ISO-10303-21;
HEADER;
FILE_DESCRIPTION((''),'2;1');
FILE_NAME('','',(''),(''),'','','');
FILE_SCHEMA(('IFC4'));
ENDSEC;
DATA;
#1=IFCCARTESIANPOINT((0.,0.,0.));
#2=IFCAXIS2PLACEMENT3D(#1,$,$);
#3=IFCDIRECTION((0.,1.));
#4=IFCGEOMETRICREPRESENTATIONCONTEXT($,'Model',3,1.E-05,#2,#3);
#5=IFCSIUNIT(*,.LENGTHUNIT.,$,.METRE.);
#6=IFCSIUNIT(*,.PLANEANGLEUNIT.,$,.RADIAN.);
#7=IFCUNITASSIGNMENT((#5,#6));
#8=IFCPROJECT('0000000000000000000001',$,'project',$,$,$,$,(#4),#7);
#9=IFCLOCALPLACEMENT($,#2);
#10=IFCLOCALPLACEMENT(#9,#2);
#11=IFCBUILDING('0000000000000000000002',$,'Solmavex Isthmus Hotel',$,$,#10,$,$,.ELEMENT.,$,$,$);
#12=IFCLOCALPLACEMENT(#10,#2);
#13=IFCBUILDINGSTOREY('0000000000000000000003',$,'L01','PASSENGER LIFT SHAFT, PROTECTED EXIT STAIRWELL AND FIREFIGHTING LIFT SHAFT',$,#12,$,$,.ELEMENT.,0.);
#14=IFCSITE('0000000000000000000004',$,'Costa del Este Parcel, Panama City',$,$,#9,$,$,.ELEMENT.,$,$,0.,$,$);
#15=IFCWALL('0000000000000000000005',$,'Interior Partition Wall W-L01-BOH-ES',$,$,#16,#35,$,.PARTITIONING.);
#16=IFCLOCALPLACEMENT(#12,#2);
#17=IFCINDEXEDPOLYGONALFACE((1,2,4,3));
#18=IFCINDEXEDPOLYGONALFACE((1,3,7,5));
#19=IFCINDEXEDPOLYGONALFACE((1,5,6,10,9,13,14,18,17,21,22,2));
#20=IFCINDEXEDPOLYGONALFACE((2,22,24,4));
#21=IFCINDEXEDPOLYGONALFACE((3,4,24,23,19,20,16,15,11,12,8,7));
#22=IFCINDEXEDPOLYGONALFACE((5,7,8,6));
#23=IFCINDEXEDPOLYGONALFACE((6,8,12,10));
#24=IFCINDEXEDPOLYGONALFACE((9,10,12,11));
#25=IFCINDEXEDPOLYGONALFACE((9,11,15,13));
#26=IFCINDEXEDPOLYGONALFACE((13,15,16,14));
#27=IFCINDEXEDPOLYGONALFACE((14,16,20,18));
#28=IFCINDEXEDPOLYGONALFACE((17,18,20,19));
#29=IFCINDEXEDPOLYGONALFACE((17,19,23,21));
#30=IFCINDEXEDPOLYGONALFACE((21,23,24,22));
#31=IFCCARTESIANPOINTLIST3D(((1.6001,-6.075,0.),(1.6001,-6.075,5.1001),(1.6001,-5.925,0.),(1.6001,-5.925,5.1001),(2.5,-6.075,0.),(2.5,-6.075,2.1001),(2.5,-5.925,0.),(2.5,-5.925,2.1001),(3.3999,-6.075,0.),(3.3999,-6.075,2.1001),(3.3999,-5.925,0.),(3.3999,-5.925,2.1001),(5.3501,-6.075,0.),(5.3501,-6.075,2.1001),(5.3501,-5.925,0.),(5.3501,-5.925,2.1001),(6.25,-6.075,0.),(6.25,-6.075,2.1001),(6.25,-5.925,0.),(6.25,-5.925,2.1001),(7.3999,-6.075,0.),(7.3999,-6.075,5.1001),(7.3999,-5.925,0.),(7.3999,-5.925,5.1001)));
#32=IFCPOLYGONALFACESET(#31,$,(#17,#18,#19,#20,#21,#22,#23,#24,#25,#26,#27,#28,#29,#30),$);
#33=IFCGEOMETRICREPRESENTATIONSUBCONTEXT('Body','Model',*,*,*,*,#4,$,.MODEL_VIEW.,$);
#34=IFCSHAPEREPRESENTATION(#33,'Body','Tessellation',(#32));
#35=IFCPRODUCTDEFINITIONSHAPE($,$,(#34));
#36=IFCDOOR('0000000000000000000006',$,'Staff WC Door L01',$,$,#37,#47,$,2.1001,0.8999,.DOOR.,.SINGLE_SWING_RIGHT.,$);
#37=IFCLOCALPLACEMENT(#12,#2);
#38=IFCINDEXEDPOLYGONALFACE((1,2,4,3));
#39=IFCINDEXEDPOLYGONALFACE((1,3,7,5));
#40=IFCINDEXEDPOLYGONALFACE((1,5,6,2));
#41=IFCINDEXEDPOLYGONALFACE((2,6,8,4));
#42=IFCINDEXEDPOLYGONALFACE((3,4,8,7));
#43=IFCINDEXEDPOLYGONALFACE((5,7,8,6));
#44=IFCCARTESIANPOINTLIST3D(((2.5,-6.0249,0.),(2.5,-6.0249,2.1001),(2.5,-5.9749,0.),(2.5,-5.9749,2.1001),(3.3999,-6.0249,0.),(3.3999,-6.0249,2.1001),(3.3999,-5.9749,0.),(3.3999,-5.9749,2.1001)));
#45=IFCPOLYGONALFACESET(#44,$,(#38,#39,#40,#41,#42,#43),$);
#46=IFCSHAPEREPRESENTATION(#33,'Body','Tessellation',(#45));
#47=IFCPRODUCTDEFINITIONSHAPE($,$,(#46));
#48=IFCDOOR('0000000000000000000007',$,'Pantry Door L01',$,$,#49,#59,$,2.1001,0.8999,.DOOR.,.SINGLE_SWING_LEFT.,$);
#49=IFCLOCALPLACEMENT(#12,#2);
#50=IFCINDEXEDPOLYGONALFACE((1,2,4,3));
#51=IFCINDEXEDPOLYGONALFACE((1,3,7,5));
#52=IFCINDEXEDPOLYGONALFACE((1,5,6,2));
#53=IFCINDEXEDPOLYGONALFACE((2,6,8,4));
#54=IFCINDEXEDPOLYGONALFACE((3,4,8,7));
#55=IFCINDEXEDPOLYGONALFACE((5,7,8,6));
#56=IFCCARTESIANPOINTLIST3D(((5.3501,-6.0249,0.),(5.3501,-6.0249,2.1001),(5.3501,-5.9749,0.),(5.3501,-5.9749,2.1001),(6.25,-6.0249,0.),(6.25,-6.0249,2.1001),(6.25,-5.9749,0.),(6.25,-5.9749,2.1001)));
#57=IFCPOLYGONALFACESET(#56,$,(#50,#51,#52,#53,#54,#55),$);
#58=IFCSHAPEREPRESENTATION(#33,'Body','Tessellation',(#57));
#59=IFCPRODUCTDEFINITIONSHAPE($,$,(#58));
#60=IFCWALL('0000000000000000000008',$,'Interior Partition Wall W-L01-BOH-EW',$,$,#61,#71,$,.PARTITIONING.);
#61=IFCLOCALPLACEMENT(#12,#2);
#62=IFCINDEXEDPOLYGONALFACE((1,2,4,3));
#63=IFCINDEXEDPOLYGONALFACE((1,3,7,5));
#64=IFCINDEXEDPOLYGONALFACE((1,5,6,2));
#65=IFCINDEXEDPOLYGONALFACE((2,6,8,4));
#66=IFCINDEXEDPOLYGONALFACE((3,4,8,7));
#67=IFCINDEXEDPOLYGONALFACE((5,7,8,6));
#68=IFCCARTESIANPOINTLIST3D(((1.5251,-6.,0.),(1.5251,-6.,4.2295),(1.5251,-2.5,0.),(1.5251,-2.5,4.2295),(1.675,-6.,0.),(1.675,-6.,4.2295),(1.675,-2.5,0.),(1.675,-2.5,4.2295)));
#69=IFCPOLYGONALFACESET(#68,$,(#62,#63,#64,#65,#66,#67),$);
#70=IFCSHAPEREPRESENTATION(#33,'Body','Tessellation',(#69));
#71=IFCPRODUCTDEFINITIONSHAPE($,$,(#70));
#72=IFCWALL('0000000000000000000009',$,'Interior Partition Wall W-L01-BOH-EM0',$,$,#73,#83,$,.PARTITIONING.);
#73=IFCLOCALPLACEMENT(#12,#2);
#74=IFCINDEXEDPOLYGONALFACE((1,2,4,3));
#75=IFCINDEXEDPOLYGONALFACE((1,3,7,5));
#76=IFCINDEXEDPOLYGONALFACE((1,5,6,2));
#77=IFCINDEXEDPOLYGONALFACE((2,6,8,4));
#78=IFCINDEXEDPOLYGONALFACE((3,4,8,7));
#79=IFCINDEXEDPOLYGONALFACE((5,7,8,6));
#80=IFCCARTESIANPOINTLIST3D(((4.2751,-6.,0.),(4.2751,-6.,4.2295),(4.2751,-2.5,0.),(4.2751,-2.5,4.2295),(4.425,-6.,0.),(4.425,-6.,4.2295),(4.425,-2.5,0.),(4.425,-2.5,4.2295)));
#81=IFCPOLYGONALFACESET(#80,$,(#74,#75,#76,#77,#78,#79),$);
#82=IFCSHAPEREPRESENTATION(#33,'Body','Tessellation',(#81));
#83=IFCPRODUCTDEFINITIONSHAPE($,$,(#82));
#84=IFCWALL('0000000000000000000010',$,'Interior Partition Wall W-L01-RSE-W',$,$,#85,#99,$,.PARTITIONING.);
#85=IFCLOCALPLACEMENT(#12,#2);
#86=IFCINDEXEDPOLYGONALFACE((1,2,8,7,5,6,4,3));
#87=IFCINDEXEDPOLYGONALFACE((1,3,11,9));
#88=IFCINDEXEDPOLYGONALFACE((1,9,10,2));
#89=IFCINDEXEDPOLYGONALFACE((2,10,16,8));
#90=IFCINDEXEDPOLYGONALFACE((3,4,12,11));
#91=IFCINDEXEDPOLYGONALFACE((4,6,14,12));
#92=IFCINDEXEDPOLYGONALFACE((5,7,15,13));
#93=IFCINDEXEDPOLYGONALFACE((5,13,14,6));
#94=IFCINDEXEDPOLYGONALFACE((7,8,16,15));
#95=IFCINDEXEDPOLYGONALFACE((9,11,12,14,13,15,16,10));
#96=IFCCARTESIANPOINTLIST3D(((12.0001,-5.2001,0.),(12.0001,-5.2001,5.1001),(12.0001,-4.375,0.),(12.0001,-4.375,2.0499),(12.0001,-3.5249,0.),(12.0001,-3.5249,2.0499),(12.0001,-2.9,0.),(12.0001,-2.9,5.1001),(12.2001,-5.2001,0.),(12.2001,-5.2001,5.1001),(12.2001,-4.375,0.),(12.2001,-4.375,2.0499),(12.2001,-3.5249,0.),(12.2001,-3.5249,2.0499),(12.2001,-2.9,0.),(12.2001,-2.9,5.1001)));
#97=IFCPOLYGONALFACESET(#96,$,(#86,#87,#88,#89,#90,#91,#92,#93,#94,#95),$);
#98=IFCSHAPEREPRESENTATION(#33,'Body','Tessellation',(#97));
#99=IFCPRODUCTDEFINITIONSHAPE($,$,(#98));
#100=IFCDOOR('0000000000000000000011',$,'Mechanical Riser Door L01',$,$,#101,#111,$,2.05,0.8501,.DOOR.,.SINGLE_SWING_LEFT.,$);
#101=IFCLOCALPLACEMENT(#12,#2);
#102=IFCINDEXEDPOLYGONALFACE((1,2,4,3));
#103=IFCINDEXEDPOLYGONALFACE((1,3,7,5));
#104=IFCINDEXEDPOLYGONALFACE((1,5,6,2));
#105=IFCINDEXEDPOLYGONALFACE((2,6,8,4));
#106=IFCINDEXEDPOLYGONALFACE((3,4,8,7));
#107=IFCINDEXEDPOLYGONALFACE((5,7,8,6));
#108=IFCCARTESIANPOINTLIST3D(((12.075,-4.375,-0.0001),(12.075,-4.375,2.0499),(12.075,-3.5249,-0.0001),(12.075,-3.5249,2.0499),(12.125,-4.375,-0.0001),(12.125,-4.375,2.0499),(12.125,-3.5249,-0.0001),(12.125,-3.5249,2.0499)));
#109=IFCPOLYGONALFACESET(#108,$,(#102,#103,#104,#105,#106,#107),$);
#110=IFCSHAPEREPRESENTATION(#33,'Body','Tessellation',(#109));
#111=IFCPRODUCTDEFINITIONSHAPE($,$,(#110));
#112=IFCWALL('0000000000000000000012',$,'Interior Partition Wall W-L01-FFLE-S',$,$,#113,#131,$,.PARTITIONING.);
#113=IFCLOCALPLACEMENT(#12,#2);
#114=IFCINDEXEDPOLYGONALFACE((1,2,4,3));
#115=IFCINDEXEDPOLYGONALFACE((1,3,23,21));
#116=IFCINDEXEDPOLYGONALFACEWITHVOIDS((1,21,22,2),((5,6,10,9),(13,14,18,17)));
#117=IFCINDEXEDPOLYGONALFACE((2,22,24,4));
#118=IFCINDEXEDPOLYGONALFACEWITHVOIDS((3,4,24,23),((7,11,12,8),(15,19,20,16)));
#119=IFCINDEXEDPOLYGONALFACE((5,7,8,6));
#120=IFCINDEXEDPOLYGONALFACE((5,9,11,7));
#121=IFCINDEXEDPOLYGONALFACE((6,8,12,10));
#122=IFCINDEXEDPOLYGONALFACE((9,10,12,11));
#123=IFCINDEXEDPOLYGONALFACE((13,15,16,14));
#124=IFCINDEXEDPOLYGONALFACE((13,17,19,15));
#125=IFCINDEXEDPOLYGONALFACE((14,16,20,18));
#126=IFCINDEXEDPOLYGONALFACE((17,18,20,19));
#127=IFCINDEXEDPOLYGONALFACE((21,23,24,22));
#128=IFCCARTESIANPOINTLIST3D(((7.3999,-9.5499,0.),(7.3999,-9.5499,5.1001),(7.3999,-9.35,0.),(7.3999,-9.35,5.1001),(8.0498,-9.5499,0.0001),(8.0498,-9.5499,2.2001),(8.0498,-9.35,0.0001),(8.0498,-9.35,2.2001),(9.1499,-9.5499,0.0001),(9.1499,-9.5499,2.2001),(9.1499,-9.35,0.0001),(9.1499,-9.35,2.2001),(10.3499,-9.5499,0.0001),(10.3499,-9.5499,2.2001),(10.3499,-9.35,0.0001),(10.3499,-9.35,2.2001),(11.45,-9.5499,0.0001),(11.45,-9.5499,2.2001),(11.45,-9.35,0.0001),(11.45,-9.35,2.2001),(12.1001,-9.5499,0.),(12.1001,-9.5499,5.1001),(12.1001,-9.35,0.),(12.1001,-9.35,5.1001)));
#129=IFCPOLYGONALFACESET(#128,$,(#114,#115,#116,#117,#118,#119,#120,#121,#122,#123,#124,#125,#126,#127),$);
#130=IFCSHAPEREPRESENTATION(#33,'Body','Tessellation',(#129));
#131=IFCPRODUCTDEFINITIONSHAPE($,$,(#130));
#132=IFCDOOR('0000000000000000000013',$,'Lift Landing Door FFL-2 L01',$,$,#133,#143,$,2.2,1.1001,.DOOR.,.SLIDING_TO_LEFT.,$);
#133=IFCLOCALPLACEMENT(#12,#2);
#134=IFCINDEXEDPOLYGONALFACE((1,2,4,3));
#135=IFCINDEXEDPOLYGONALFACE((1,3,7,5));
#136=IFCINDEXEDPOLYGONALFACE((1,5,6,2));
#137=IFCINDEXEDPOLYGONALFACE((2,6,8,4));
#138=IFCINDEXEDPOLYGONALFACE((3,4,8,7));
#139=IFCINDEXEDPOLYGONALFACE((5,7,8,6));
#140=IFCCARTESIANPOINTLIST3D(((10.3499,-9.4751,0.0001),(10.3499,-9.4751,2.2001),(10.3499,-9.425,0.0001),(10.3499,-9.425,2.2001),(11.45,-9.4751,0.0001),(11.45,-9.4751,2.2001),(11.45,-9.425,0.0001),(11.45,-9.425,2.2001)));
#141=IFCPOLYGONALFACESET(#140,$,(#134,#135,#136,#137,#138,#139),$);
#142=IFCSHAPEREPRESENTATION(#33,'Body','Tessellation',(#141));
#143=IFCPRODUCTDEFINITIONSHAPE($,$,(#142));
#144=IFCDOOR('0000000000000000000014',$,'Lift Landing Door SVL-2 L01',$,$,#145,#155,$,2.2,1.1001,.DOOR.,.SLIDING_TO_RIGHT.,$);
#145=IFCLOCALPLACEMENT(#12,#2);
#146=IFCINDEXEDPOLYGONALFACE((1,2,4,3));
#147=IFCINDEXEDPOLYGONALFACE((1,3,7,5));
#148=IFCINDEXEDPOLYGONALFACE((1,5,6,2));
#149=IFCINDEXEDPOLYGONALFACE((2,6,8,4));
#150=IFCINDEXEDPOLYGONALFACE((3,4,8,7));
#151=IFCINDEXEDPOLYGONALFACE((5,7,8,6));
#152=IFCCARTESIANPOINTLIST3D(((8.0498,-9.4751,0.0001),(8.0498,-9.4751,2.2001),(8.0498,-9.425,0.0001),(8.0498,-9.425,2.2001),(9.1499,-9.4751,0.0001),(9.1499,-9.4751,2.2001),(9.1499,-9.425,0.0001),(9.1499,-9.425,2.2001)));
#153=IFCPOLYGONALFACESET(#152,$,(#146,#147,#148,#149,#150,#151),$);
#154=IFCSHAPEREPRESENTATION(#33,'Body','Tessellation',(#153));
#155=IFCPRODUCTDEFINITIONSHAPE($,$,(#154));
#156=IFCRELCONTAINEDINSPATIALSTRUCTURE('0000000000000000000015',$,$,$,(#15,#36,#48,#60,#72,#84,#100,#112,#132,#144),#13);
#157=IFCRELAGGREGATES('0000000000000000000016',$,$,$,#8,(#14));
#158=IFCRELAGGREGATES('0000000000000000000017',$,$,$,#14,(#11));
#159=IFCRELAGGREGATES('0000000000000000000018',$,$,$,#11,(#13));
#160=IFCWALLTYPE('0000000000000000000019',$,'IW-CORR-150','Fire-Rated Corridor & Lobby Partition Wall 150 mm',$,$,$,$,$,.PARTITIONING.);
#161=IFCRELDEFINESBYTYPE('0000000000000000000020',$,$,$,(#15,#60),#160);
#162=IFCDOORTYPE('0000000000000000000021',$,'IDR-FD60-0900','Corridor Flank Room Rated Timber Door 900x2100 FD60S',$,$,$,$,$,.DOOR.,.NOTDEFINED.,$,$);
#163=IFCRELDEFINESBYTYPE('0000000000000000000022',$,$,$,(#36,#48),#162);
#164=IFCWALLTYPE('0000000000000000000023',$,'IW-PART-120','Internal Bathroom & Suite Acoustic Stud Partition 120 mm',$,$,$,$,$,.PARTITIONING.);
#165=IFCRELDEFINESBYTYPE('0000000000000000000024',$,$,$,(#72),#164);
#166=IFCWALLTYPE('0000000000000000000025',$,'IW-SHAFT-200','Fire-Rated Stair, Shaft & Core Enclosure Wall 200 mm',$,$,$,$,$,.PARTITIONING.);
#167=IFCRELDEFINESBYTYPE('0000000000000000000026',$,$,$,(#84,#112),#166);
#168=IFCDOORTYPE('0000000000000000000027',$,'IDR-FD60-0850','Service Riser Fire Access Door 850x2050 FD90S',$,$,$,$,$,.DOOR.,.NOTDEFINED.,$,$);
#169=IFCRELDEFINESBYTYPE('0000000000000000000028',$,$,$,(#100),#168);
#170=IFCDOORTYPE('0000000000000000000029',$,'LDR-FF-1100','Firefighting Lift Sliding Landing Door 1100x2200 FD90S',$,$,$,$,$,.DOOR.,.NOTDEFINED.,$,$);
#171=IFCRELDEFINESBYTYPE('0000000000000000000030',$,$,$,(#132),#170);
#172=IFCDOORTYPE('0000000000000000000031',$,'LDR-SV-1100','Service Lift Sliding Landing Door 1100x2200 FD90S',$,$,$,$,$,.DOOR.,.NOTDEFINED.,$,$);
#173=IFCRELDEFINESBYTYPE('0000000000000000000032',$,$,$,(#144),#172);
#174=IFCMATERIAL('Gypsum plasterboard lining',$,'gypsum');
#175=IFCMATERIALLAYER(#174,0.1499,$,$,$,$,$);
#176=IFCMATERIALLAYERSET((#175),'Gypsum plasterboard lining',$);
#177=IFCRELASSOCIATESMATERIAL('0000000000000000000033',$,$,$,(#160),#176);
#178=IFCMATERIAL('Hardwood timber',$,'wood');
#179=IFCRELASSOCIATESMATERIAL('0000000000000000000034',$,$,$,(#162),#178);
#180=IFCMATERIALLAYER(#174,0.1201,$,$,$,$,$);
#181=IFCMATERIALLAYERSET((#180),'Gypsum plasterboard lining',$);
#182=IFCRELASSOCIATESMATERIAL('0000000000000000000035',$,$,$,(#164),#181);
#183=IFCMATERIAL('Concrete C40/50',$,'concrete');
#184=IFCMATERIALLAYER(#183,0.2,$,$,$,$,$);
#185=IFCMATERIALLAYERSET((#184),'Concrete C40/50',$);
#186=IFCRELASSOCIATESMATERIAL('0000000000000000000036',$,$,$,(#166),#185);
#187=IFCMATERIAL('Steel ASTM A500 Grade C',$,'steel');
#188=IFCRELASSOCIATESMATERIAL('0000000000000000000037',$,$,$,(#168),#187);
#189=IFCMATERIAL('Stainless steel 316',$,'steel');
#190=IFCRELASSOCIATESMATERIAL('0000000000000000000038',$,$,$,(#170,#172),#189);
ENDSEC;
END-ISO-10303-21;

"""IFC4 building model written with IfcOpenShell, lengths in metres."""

from ifc_helpers import new_model, si_unit, direction, frame, frame_2d, origin, place, context, subcontext, project, spatial, rectangle, extrude, material, layer, layer_set, type_object, element, fill, save


model = new_model("IFC4")

# Units and contexts
model_context = context("Model", 3, precision=1e-05, world=origin(), true_north=direction((0.0, 1.0)))
body_context = subcontext(model_context, "Body", "Model", "MODEL_VIEW")
ifc_project = project(units=[si_unit("LENGTHUNIT", "METRE"), si_unit("PLANEANGLEUNIT", "RADIAN")], contexts=[model_context])

# Site, building, storey
site_placement = place(None, origin())
site = spatial("IfcSite", under=ifc_project, at=site_placement, Name="Costa del Este Parcel, Panama City", CompositionType="ELEMENT", RefElevation=0.0)
building_placement = place(site_placement, origin())
building = spatial("IfcBuilding", under=site, at=building_placement, Name="Solmavex Isthmus Hotel", CompositionType="ELEMENT")
storey_placement = place(building_placement, origin())
storey = spatial("IfcBuildingStorey", under=building, at=storey_placement, Name="L01", Description="PASSENGER LIFT SHAFT, PROTECTED EXIT STAIRWELL AND FIREFIGHTING LIFT SHAFT", CompositionType="ELEMENT", Elevation=0.0)

# Wall, openings, doors
ifc_material_1 = material(Name="Gypsum plasterboard lining", Category="gypsum")
ifc_layer_1 = layer(ifc_material_1, 0.1499)
ifc_layer_set_1 = layer_set([ifc_layer_1], Name="Gypsum plasterboard lining")
wall_type_1 = type_object("IfcWallType", Name="IW-CORR-150", Description="Fire-Rated Corridor & Lobby Partition Wall 150 mm", PredefinedType="PARTITIONING", material=ifc_layer_set_1)
wall_1_placement = place(storey_placement, frame((1.6001, -6.0, 0.0), z_axis=(0.0, 0.0, 1.0), x_axis=(1.0, 0.0, 0.0)))
wall_1 = element("IfcWall", 1, at=wall_1_placement, inside=storey, type_object=wall_type_1, Name="Interior Partition Wall W-L01-BOH-ES", PredefinedType="PARTITIONING", context=body_context, shape_type="SweptSolid", body=[
    extrude(rectangle(XDim=5.7998, YDim=0.1499, at=frame_2d((2.8999, 0.0))), origin(), (0.0, 0.0, 1.0), 5.1001),
])
opening_1_placement = place(wall_1_placement, frame((0.8999, 0.0, 0.0)))
opening_1 = element("IfcOpeningElement", 2, at=opening_1_placement, cuts=wall_1, PredefinedType="OPENING", context=body_context, shape_type="SweptSolid", body=[
    extrude(rectangle(XDim=0.8999, YDim=2.1001, at=frame_2d((0.45, 1.05))), frame((0.0, 0.085, 0.0), z_axis=(0.0, -1.0, 0.0), x_axis=(1.0, 0.0, 0.0)), (0.0, 0.0, 1.0), 0.1699),
])
opening_2_placement = place(wall_1_placement, frame((3.75, 0.0, 0.0)))
opening_2 = element("IfcOpeningElement", 3, at=opening_2_placement, cuts=wall_1, PredefinedType="OPENING", context=body_context, shape_type="SweptSolid", body=[
    extrude(rectangle(XDim=0.8999, YDim=2.1001, at=frame_2d((0.45, 1.05))), frame((0.0, 0.085, 0.0), z_axis=(0.0, -1.0, 0.0), x_axis=(1.0, 0.0, 0.0)), (0.0, 0.0, 1.0), 0.1699),
])
ifc_material_2 = material(Name="Hardwood timber", Category="wood")
door_type_1 = type_object("IfcDoorType", Name="IDR-FD60-0900", Description="Corridor Flank Room Rated Timber Door 900x2100 FD60S", OperationType="NOTDEFINED", PredefinedType="DOOR", material=ifc_material_2)
door_1_placement = place(opening_1_placement, frame((0.8999, 0.0, 0.0), z_axis=(0.0, 0.0, 1.0), x_axis=(-1.0, 0.0, 0.0)))
door_1 = element("IfcDoor", 4, at=door_1_placement, inside=storey, type_object=door_type_1, Name="Staff WC Door L01", OperationType="SINGLE_SWING_RIGHT", OverallHeight=2.1001, OverallWidth=0.8999, PredefinedType="DOOR", context=body_context, shape_type="SweptSolid", body=[
    extrude(rectangle(XDim=0.8999, YDim=2.1001, at=frame_2d((0.45, 1.05))), frame((0.0, 0.0249, 0.0), z_axis=(0.0, -1.0, 0.0), x_axis=(1.0, 0.0, 0.0)), (0.0, 0.0, 1.0), 0.05),
])
fill(opening_1, door_1)
door_2_placement = place(opening_2_placement, frame((0.8999, 0.0, 0.0), z_axis=(0.0, 0.0, 1.0), x_axis=(-1.0, 0.0, 0.0)))
door_2 = element("IfcDoor", 5, at=door_2_placement, inside=storey, type_object=door_type_1, Name="Pantry Door L01", OperationType="SINGLE_SWING_LEFT", OverallHeight=2.1001, OverallWidth=0.8999, PredefinedType="DOOR", context=body_context, shape_type="SweptSolid", body=[
    extrude(rectangle(XDim=0.8999, YDim=2.1001, at=frame_2d((0.45, 1.05))), frame((0.0, 0.0249, 0.0), z_axis=(0.0, -1.0, 0.0), x_axis=(1.0, 0.0, 0.0)), (0.0, 0.0, 1.0), 0.05),
])
fill(opening_2, door_2)

# Walls
wall_2_placement = place(storey_placement, frame((1.6001, -6.0, 0.0), z_axis=(0.0, 0.0, 1.0), x_axis=(0.0, 1.0, 0.0)))
element("IfcWall", 6, at=wall_2_placement, inside=storey, type_object=wall_type_1, Name="Interior Partition Wall W-L01-BOH-EW", PredefinedType="PARTITIONING", context=body_context, shape_type="SweptSolid", body=[
    extrude(rectangle(XDim=3.5, YDim=0.1499, at=frame_2d((1.75, 0.0))), origin(), (0.0, 0.0, 1.0), 4.2295),
])
ifc_layer_2 = layer(ifc_material_1, 0.1201)
ifc_layer_set_2 = layer_set([ifc_layer_2], Name="Gypsum plasterboard lining")
wall_type_2 = type_object("IfcWallType", Name="IW-PART-120", Description="Internal Bathroom & Suite Acoustic Stud Partition 120 mm", PredefinedType="PARTITIONING", material=ifc_layer_set_2)
wall_3_placement = place(storey_placement, frame((4.3501, -6.0, 0.0), z_axis=(0.0, 0.0, 1.0), x_axis=(0.0, 1.0, 0.0)))
element("IfcWall", 7, at=wall_3_placement, inside=storey, type_object=wall_type_2, Name="Interior Partition Wall W-L01-BOH-EM0", PredefinedType="PARTITIONING", context=body_context, shape_type="SweptSolid", body=[
    extrude(rectangle(XDim=3.5, YDim=0.1499, at=frame_2d((1.75, 0.0))), origin(), (0.0, 0.0, 1.0), 4.2295),
])

# Wall, opening, door
ifc_material_3 = material(Name="Concrete C40/50", Category="concrete")
ifc_layer_3 = layer(ifc_material_3, 0.2)
ifc_layer_set_3 = layer_set([ifc_layer_3], Name="Concrete C40/50")
wall_type_3 = type_object("IfcWallType", Name="IW-SHAFT-200", Description="Fire-Rated Stair, Shaft & Core Enclosure Wall 200 mm", PredefinedType="PARTITIONING", material=ifc_layer_set_3)
wall_4_placement = place(storey_placement, frame((12.1001, -5.2, 0.0), z_axis=(0.0, 0.0, 1.0), x_axis=(0.0, 1.0, 0.0)))
wall_4 = element("IfcWall", 8, at=wall_4_placement, inside=storey, type_object=wall_type_3, Name="Interior Partition Wall W-L01-RSE-W", PredefinedType="PARTITIONING", context=body_context, shape_type="SweptSolid", body=[
    extrude(rectangle(XDim=2.3, YDim=0.2, at=frame_2d((1.1499, 0.0))), origin(), (0.0, 0.0, 1.0), 5.1001),
])
opening_3_placement = place(wall_4_placement, frame((0.825, 0.0, 0.0)))
opening_3 = element("IfcOpeningElement", 9, at=opening_3_placement, cuts=wall_4, PredefinedType="OPENING", context=body_context, shape_type="SweptSolid", body=[
    extrude(rectangle(XDim=0.8501, YDim=2.05, at=frame_2d((0.425, 1.0249))), frame((0.0, 0.1099, 0.0), z_axis=(0.0, -1.0, 0.0), x_axis=(1.0, 0.0, 0.0)), (0.0, 0.0, 1.0), 0.22),
])
ifc_material_4 = material(Name="Steel ASTM A500 Grade C", Category="steel")
door_type_2 = type_object("IfcDoorType", Name="IDR-FD60-0850", Description="Service Riser Fire Access Door 850x2050 FD90S", OperationType="NOTDEFINED", PredefinedType="DOOR", material=ifc_material_4)
door_3_placement = place(opening_3_placement, frame((0.8501, 0.0, 0.0), z_axis=(0.0, 0.0, 1.0), x_axis=(-1.0, 0.0, 0.0)))
door_3 = element("IfcDoor", 10, at=door_3_placement, inside=storey, type_object=door_type_2, Name="Mechanical Riser Door L01", OperationType="SINGLE_SWING_LEFT", OverallHeight=2.05, OverallWidth=0.8501, PredefinedType="DOOR", context=body_context, shape_type="SweptSolid", body=[
    extrude(rectangle(XDim=0.8501, YDim=2.05, at=frame_2d((0.425, 1.0249))), frame((0.0, 0.0249, 0.0), z_axis=(0.0, -1.0, 0.0), x_axis=(1.0, 0.0, 0.0)), (0.0, 0.0, 1.0), 0.05),
])
fill(opening_3, door_3)

# Wall, openings, doors
wall_5_placement = place(storey_placement, frame((7.3999, -9.45, 0.0), z_axis=(0.0, 0.0, 1.0), x_axis=(1.0, 0.0, 0.0)))
wall_5 = element("IfcWall", 11, at=wall_5_placement, inside=storey, type_object=wall_type_3, Name="Interior Partition Wall W-L01-FFLE-S", PredefinedType="PARTITIONING", context=body_context, shape_type="SweptSolid", body=[
    extrude(rectangle(XDim=4.7002, YDim=0.2, at=frame_2d((2.3501, 0.0))), origin(), (0.0, 0.0, 1.0), 5.1001),
])
opening_4_placement = place(wall_5_placement, frame((2.95, 0.0, 0.0)))
opening_4 = element("IfcOpeningElement", 12, at=opening_4_placement, cuts=wall_5, PredefinedType="OPENING", context=body_context, shape_type="SweptSolid", body=[
    extrude(rectangle(XDim=1.1001, YDim=2.2, at=frame_2d((0.55, 1.1001))), frame((0.0, 0.1099, 0.0), z_axis=(0.0, -1.0, 0.0), x_axis=(1.0, 0.0, 0.0)), (0.0, 0.0, 1.0), 0.22),
])
opening_5_placement = place(wall_5_placement, frame((0.6499, 0.0, 0.0)))
opening_5 = element("IfcOpeningElement", 13, at=opening_5_placement, cuts=wall_5, PredefinedType="OPENING", context=body_context, shape_type="SweptSolid", body=[
    extrude(rectangle(XDim=1.1001, YDim=2.2, at=frame_2d((0.55, 1.1001))), frame((0.0, 0.1099, 0.0), z_axis=(0.0, -1.0, 0.0), x_axis=(1.0, 0.0, 0.0)), (0.0, 0.0, 1.0), 0.22),
])
ifc_material_5 = material(Name="Stainless steel 316", Category="steel")
door_type_3 = type_object("IfcDoorType", Name="LDR-FF-1100", Description="Firefighting Lift Sliding Landing Door 1100x2200 FD90S", OperationType="NOTDEFINED", PredefinedType="DOOR", material=ifc_material_5)
door_4_placement = place(opening_4_placement, origin())
door_4 = element("IfcDoor", 14, at=door_4_placement, inside=storey, type_object=door_type_3, Name="Lift Landing Door FFL-2 L01", OperationType="SLIDING_TO_LEFT", OverallHeight=2.2, OverallWidth=1.1001, PredefinedType="DOOR", context=body_context, shape_type="SweptSolid", body=[
    extrude(rectangle(XDim=1.1001, YDim=2.2, at=frame_2d((0.55, 1.1001))), frame((0.0, 0.0249, 0.0), z_axis=(0.0, -1.0, 0.0), x_axis=(1.0, 0.0, 0.0)), (0.0, 0.0, 1.0), 0.05),
])
fill(opening_4, door_4)
door_type_4 = type_object("IfcDoorType", Name="LDR-SV-1100", Description="Service Lift Sliding Landing Door 1100x2200 FD90S", OperationType="NOTDEFINED", PredefinedType="DOOR", material=ifc_material_5)
door_5_placement = place(opening_5_placement, origin())
door_5 = element("IfcDoor", 15, at=door_5_placement, inside=storey, type_object=door_type_4, Name="Lift Landing Door SVL-2 L01", OperationType="SLIDING_TO_RIGHT", OverallHeight=2.2, OverallWidth=1.1001, PredefinedType="DOOR", context=body_context, shape_type="SweptSolid", body=[
    extrude(rectangle(XDim=1.1001, YDim=2.2, at=frame_2d((0.55, 1.1001))), frame((0.0, 0.0249, 0.0), z_axis=(0.0, -1.0, 0.0), x_axis=(1.0, 0.0, 0.0)), (0.0, 0.0, 1.0), 0.05),
])
fill(opening_5, door_5)

save(model, "model.ifc")
